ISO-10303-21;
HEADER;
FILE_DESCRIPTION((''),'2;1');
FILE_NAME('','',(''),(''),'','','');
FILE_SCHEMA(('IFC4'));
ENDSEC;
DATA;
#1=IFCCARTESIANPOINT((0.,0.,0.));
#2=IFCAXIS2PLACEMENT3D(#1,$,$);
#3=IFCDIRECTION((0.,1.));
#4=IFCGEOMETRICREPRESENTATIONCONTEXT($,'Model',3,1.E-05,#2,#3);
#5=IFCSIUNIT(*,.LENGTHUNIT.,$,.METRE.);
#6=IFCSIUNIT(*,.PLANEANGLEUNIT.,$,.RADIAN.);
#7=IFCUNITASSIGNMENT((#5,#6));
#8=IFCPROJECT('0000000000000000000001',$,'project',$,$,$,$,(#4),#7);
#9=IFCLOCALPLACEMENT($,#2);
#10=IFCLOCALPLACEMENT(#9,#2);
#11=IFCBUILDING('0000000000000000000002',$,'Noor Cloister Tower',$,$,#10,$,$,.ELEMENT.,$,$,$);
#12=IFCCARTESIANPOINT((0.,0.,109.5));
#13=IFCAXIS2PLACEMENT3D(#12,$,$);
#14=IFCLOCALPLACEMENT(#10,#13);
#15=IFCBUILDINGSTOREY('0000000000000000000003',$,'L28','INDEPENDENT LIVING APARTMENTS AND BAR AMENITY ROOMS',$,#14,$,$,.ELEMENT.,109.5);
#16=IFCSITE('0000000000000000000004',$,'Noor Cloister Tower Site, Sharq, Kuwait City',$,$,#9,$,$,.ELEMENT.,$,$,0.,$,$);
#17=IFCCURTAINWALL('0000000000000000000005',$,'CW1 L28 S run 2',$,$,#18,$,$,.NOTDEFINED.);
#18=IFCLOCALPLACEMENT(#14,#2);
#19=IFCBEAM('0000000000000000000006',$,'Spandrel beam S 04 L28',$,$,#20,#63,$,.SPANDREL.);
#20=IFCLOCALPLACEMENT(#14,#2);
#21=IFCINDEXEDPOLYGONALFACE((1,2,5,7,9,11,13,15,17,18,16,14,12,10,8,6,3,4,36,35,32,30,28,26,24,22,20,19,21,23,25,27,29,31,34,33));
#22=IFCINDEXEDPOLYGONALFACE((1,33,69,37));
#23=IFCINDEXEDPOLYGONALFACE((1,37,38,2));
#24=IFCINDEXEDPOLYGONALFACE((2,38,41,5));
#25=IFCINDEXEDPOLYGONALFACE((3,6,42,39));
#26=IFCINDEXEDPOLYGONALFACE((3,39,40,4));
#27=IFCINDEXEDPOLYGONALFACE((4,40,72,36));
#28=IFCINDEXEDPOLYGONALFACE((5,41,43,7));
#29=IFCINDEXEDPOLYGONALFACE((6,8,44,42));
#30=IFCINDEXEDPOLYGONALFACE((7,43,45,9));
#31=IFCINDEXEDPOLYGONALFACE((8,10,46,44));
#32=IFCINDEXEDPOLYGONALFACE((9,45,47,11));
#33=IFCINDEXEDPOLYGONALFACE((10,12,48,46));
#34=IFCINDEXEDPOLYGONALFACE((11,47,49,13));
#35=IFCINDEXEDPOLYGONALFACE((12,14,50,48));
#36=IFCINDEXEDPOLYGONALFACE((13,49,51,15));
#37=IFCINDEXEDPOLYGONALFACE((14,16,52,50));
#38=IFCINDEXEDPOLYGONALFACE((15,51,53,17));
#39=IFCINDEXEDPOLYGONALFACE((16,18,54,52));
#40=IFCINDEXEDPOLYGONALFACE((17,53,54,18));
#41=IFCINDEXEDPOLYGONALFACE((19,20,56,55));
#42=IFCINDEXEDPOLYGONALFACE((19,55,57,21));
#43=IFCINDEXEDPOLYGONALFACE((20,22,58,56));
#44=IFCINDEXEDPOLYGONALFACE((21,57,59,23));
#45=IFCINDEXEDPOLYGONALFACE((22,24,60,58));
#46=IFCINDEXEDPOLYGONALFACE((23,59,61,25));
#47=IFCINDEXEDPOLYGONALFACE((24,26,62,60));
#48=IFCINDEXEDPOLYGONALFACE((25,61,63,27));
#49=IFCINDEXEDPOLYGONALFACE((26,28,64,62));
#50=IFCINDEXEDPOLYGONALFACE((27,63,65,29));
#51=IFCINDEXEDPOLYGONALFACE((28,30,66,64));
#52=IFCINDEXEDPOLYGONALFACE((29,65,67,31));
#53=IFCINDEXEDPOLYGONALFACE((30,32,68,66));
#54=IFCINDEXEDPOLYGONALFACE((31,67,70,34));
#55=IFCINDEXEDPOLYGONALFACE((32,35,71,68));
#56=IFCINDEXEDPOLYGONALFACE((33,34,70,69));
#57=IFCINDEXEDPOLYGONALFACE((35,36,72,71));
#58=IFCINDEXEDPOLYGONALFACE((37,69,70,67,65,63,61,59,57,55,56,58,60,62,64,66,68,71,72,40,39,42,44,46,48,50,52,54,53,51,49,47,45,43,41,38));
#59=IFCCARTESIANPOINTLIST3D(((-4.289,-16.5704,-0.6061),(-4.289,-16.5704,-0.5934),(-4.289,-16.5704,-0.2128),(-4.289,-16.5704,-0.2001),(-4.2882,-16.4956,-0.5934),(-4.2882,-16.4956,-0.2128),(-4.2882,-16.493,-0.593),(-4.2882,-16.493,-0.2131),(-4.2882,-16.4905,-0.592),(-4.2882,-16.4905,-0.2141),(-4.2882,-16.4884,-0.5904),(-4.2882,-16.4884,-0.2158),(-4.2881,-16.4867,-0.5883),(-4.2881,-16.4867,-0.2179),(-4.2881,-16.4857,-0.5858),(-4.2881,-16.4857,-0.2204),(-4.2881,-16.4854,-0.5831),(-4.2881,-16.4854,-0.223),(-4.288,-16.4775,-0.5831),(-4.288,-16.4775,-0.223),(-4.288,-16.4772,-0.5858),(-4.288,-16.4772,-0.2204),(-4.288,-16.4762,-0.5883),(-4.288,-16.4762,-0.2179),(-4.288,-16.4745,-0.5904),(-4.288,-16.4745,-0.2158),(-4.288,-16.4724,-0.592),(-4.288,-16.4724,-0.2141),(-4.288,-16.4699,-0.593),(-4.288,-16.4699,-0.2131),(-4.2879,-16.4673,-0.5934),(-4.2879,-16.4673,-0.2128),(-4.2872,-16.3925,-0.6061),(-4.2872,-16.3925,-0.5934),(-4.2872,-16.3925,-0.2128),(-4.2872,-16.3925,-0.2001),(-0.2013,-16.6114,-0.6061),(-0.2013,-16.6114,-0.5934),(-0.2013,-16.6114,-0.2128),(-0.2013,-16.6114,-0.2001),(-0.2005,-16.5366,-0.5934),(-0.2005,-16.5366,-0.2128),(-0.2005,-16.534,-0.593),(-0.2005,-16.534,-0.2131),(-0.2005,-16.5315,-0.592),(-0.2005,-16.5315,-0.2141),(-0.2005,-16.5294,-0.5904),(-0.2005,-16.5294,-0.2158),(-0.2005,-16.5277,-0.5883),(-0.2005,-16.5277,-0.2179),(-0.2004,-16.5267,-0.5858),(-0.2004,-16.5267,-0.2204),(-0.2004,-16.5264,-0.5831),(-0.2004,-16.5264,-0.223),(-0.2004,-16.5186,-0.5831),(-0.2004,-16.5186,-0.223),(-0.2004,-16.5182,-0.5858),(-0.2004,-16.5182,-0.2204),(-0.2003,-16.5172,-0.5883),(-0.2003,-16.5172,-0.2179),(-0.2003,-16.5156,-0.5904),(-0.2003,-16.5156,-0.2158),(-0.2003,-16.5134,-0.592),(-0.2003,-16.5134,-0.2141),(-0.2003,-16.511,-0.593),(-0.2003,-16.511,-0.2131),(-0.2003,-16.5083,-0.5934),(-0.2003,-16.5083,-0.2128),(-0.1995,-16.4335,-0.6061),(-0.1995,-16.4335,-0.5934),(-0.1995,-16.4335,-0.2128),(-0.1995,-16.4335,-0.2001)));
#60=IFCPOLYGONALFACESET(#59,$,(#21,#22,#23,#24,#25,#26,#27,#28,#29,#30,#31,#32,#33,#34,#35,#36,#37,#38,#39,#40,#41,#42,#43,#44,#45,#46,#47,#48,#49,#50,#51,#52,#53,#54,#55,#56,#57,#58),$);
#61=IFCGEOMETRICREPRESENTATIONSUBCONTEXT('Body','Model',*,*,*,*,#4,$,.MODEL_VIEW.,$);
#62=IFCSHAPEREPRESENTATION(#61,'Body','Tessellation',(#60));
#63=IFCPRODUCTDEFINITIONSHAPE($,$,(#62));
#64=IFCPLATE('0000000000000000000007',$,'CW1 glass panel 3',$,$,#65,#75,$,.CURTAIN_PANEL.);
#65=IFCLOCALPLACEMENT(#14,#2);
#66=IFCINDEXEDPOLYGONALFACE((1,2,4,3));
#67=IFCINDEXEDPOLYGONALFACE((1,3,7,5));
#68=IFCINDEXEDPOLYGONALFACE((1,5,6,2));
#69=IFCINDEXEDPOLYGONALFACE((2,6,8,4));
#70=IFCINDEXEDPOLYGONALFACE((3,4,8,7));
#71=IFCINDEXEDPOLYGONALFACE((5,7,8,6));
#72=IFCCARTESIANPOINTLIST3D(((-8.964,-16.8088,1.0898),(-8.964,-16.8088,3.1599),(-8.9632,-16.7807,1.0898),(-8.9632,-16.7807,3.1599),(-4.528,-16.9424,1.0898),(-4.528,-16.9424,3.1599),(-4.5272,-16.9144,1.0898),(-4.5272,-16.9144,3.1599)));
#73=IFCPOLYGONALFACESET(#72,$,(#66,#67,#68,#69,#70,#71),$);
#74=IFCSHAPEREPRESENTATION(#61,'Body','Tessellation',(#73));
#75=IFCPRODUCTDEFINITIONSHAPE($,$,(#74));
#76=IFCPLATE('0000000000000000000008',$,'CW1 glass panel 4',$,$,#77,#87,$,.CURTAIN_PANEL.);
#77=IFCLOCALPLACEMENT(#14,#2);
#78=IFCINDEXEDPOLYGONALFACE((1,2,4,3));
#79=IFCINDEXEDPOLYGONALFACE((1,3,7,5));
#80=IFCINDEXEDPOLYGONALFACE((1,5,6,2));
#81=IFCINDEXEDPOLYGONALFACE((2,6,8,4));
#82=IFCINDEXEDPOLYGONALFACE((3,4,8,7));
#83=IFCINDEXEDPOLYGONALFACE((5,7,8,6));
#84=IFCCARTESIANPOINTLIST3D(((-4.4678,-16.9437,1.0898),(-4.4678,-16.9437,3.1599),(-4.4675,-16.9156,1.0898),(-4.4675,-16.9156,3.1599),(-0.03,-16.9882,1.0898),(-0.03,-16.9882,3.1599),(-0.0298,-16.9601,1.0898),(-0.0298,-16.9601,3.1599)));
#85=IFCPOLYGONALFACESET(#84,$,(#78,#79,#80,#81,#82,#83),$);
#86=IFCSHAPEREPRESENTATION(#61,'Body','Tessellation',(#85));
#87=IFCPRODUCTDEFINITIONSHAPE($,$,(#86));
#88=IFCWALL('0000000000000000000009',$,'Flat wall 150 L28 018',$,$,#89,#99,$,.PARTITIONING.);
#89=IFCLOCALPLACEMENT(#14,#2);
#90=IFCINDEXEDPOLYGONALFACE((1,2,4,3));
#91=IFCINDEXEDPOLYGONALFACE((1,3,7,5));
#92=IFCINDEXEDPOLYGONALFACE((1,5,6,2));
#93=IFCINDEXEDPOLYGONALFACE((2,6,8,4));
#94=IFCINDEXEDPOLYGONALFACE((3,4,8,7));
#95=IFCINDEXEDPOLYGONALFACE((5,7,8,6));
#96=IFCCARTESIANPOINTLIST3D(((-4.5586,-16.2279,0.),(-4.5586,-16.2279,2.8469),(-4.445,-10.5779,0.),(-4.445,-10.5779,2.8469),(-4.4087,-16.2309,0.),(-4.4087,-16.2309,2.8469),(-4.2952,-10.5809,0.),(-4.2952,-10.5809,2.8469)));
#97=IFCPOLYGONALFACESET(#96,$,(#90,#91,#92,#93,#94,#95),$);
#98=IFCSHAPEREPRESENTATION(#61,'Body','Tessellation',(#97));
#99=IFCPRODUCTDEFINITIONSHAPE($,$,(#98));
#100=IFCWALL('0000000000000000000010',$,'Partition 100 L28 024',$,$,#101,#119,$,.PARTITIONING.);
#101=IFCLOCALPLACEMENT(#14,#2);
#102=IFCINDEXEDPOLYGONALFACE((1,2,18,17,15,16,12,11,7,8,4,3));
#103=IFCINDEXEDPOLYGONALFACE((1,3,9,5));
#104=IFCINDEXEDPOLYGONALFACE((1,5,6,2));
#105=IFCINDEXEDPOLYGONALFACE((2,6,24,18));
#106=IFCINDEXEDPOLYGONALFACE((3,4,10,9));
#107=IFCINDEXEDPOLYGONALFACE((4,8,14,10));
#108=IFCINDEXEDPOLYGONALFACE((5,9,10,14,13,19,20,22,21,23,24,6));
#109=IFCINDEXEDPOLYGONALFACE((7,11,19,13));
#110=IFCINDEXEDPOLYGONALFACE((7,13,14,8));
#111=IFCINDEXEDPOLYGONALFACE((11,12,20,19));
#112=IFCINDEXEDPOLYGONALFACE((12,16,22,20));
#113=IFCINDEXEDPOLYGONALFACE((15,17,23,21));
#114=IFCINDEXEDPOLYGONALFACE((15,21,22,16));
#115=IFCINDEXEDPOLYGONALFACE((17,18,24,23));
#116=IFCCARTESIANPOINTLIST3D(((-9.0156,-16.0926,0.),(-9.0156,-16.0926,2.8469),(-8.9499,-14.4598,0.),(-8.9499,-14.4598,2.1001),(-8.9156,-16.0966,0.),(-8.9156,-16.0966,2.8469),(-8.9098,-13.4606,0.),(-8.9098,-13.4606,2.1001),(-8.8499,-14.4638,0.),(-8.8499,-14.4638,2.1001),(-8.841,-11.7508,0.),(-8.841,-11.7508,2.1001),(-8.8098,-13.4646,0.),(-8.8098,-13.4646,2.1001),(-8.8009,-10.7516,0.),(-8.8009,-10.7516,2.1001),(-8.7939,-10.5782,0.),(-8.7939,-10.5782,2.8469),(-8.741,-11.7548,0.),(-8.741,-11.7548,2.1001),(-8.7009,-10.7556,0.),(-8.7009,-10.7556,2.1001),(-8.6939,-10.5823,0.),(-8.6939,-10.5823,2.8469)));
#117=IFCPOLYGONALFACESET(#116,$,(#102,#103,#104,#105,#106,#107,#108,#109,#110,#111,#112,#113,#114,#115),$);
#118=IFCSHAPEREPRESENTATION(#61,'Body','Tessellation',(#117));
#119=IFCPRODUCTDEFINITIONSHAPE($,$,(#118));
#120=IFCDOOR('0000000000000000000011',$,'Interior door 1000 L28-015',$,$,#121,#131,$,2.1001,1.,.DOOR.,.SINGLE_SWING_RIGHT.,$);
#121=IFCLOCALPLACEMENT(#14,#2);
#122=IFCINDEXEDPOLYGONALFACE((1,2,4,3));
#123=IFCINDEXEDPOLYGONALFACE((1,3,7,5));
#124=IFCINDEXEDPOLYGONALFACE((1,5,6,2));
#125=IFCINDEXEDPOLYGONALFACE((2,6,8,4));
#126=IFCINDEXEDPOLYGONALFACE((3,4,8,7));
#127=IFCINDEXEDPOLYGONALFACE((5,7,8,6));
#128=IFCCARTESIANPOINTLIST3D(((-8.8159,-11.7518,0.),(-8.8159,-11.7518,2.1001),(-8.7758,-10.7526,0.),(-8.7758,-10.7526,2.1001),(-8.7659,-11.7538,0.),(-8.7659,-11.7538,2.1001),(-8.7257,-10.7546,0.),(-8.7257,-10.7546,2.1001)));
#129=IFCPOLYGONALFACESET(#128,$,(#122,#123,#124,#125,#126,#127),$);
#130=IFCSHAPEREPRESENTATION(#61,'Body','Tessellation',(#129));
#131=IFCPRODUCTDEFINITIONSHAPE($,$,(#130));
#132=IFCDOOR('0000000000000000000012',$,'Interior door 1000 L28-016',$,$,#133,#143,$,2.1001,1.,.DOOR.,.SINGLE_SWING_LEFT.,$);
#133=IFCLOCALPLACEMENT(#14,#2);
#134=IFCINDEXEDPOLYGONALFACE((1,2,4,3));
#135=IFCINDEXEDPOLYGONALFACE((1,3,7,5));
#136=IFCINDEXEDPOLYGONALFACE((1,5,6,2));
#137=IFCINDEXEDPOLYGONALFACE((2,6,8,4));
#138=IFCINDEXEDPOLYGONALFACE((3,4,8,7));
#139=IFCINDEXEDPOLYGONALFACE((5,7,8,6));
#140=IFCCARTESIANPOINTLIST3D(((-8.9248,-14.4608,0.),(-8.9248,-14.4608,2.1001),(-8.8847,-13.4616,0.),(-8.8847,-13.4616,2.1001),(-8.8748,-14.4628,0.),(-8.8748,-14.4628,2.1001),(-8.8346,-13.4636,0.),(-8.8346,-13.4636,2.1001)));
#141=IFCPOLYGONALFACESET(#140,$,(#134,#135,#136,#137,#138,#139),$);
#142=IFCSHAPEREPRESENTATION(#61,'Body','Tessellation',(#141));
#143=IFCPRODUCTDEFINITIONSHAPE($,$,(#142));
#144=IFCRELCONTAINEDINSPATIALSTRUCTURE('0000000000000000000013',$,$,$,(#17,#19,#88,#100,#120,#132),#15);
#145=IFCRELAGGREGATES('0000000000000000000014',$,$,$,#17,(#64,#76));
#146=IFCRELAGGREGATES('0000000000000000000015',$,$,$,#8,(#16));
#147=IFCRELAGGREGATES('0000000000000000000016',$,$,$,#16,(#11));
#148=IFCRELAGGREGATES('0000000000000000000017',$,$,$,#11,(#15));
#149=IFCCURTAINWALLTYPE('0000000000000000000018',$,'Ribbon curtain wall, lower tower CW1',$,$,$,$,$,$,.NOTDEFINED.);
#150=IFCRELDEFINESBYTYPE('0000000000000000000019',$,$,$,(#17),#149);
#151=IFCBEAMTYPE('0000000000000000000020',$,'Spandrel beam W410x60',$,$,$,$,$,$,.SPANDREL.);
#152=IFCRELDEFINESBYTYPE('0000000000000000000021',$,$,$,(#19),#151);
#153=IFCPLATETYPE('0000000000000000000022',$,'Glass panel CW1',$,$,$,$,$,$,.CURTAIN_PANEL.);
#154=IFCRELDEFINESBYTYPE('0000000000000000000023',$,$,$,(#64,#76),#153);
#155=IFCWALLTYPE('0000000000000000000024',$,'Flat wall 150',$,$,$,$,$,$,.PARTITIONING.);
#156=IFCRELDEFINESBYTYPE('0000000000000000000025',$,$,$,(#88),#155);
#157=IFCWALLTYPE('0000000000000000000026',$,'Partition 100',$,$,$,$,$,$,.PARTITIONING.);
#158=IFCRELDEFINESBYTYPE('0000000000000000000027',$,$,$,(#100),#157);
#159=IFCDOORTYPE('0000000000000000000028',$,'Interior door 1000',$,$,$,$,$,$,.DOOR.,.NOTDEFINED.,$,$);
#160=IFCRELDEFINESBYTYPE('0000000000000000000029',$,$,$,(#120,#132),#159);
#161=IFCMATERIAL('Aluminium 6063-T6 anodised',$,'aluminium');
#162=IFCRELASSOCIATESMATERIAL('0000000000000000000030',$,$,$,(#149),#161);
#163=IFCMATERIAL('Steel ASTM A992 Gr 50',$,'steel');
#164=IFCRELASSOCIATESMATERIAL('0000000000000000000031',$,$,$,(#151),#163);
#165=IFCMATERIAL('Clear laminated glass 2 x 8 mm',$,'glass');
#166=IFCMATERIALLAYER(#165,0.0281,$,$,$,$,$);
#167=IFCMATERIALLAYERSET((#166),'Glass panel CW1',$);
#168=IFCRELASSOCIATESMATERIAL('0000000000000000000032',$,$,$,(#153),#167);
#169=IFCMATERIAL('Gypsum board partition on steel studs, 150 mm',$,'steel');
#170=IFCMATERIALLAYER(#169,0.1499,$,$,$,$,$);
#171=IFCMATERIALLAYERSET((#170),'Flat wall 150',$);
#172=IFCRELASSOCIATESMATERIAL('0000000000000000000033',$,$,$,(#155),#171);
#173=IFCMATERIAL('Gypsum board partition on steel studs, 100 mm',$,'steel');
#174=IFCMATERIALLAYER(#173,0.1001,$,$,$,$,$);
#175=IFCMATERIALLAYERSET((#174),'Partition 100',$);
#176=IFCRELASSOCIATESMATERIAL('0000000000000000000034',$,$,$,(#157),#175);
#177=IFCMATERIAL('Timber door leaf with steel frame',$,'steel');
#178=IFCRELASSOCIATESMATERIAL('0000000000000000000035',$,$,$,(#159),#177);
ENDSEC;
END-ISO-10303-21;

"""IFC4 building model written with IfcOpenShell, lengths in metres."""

from ifc_helpers import new_model, si_unit, direction, frame, frame_2d, origin, origin_2d, place, context, subcontext, project, spatial, rectangle, i_section, extrude, material, layer, layer_set, material_profile, profile_set, type_object, element, fill, aggregate, save


model = new_model("IFC4")

# Units and contexts
model_context = context("Model", 3, precision=1e-05, world=origin(), true_north=direction((0.0, 1.0)))
body_context = subcontext(model_context, "Body", "Model", "MODEL_VIEW")
ifc_project = project(units=[si_unit("LENGTHUNIT", "METRE"), si_unit("PLANEANGLEUNIT", "RADIAN")], contexts=[model_context])

# Site, building, storey
site_placement = place(None, origin())
site = spatial("IfcSite", under=ifc_project, at=site_placement, Name="Noor Cloister Tower Site, Sharq, Kuwait City", CompositionType="ELEMENT", RefElevation=0.0)
building_placement = place(site_placement, origin())
building = spatial("IfcBuilding", under=site, at=building_placement, Name="Noor Cloister Tower", CompositionType="ELEMENT")
storey_placement = place(building_placement, frame((0.0, 0.0, 109.5)))
storey = spatial("IfcBuildingStorey", under=building, at=storey_placement, Name="L28", Description="INDEPENDENT LIVING APARTMENTS AND BAR AMENITY ROOMS", CompositionType="ELEMENT", Elevation=109.5)

# Curtain wall
ifc_material_1 = material(Name="Aluminium 6063-T6 anodised", Category="aluminium")
curtain_wall_type = type_object("IfcCurtainWallType", Name="Ribbon curtain wall, lower tower CW1", PredefinedType="NOTDEFINED", material=ifc_material_1)
curtain_wall_placement = place(storey_placement, origin())
curtain_wall = element("IfcCurtainWall", 1, at=curtain_wall_placement, inside=storey, type_object=curtain_wall_type, Name="CW1 L28 S run 2", PredefinedType="NOTDEFINED")

# Beam
ifc_material_2 = material(Name="Steel ASTM A992 Gr 50", Category="steel")
ifc_material_profile_1 = material_profile(ifc_material_2, i_section(OverallWidth=0.178, OverallDepth=0.406, WebThickness=0.0078, FlangeThickness=0.0127, FilletRadius=0.0103, at=origin_2d()), Name="W410x60")
ifc_profile_set_1 = profile_set([ifc_material_profile_1], Name="Steel ASTM A992 Gr 50")
beam_type_1 = type_object("IfcBeamType", Name="Spandrel beam W410x60", PredefinedType="SPANDREL", material=ifc_profile_set_1)
beam_1_placement = place(storey_placement, frame((-4.2881, -16.4814, -0.4031), z_axis=(0.99995, -0.010034, 0.0), x_axis=(0.010034, 0.99995, 0.0)))
element("IfcBeam", 2, at=beam_1_placement, inside=storey, type_object=beam_type_1, Name="Spandrel beam S 04 L28", PredefinedType="SPANDREL", context=body_context, shape_type="SweptSolid", body=[
    extrude(i_section(OverallWidth=0.178, OverallDepth=0.406, WebThickness=0.0078, FlangeThickness=0.0127, FilletRadius=0.0103, at=origin_2d()), origin(), (0.0, 0.0, 1.0), 4.0879),
])

# Plates
ifc_material_3 = material(Name="Clear laminated glass 2 x 8 mm", Category="glass")
ifc_layer_1 = layer(ifc_material_3, 0.0281)
ifc_layer_set_1 = layer_set([ifc_layer_1], Name="Glass panel CW1")
plate_type = type_object("IfcPlateType", Name="Glass panel CW1", PredefinedType="CURTAIN_PANEL", material=ifc_layer_set_1)
plate_1_placement = place(storey_placement, frame((-6.7456, -16.8616, 1.0898), z_axis=(0.0, 0.0, 1.0), x_axis=(0.999546, -0.030114, 0.0)))
plate_1 = element("IfcPlate", 3, at=plate_1_placement, type_object=plate_type, Name="CW1 glass panel 3", PredefinedType="CURTAIN_PANEL", context=body_context, shape_type="SweptSolid", body=[
    extrude(rectangle(XDim=4.438, YDim=0.0281, at=origin_2d()), origin(), (0.0, 0.0, 1.0), 2.0701),
])
plate_2_placement = place(storey_placement, frame((-2.2488, -16.9519, 1.0898), z_axis=(0.0, 0.0, 1.0), x_axis=(0.99995, -0.010039, 0.0)))
plate_2 = element("IfcPlate", 4, at=plate_2_placement, type_object=plate_type, Name="CW1 glass panel 4", PredefinedType="CURTAIN_PANEL", context=body_context, shape_type="SweptSolid", body=[
    extrude(rectangle(XDim=4.438, YDim=0.0281, at=origin_2d()), origin(), (0.0, 0.0, 1.0), 2.0701),
])
aggregate(curtain_wall, [plate_1, plate_2])

# Wall
ifc_material_4 = material(Name="Gypsum board partition on steel studs, 150 mm", Category="steel")
ifc_layer_2 = layer(ifc_material_4, 0.1499)
ifc_layer_set_2 = layer_set([ifc_layer_2], Name="Flat wall 150")
wall_type_1 = type_object("IfcWallType", Name="Flat wall 150", PredefinedType="PARTITIONING", material=ifc_layer_set_2)
wall_1_placement = place(storey_placement, frame((-4.4836, -16.2295, 0.0), z_axis=(0.0, 0.0, 1.0), x_axis=(0.020089, 0.999798, 0.0)))
element("IfcWall", 5, at=wall_1_placement, inside=storey, type_object=wall_type_1, Name="Flat wall 150 L28 018", PredefinedType="PARTITIONING", context=body_context, shape_type="SweptSolid", body=[
    extrude(rectangle(XDim=5.6511, YDim=0.1499, at=frame_2d((2.8257, 0.0))), origin(), (0.0, 0.0, 1.0), 2.8469),
])

# Wall, openings, doors
ifc_material_5 = material(Name="Gypsum board partition on steel studs, 100 mm", Category="steel")
ifc_layer_3 = layer(ifc_material_5, 0.1001)
ifc_layer_set_3 = layer_set([ifc_layer_3], Name="Partition 100")
wall_type_2 = type_object("IfcWallType", Name="Partition 100", PredefinedType="PARTITIONING", material=ifc_layer_set_3)
wall_2_placement = place(storey_placement, frame((-8.9656, -16.0945, 0.0), z_axis=(0.0, 0.0, 1.0), x_axis=(0.040168, 0.999193, 0.0)))
wall_2 = element("IfcWall", 6, at=wall_2_placement, inside=storey, type_object=wall_type_2, Name="Partition 100 L28 024", PredefinedType="PARTITIONING", context=body_context, shape_type="SweptSolid", body=[
    extrude(rectangle(XDim=5.5188, YDim=0.1001, at=frame_2d((2.7593, 0.0))), origin(), (0.0, 0.0, 1.0), 2.8469),
])
opening_1_placement = place(wall_2_placement, frame((4.3452, 0.0, 0.0)))
opening_1 = element("IfcOpeningElement", 7, at=opening_1_placement, cuts=wall_2, PredefinedType="OPENING", context=body_context, shape_type="SweptSolid", body=[
    extrude(rectangle(XDim=1.0, YDim=2.1001, at=frame_2d((0.5, 1.05))), frame((0.0, 0.0601, 0.0), z_axis=(0.0, -1.0, 0.0), x_axis=(1.0, 0.0, 0.0)), (0.0, 0.0, 1.0), 0.1201),
])
opening_2_placement = place(wall_2_placement, frame((1.634, 0.0, 0.0)))
opening_2 = element("IfcOpeningElement", 8, at=opening_2_placement, cuts=wall_2, PredefinedType="OPENING", context=body_context, shape_type="SweptSolid", body=[
    extrude(rectangle(XDim=1.0, YDim=2.1001, at=frame_2d((0.5, 1.05))), frame((0.0, 0.0601, 0.0), z_axis=(0.0, -1.0, 0.0), x_axis=(1.0, 0.0, 0.0)), (0.0, 0.0, 1.0), 0.1201),
])
ifc_material_6 = material(Name="Timber door leaf with steel frame", Category="steel")
door_type = type_object("IfcDoorType", Name="Interior door 1000", OperationType="NOTDEFINED", PredefinedType="DOOR", material=ifc_material_6)
door_1_placement = place(opening_1_placement, origin())
door_1 = element("IfcDoor", 9, at=door_1_placement, inside=storey, type_object=door_type, Name="Interior door 1000 L28-015", OperationType="SINGLE_SWING_RIGHT", OverallHeight=2.1001, OverallWidth=1.0, PredefinedType="DOOR", context=body_context, shape_type="SweptSolid", body=[
    extrude(rectangle(XDim=1.0, YDim=2.1001, at=frame_2d((0.5, 1.05))), frame((0.0, 0.0249, 0.0), z_axis=(0.0, -1.0, 0.0), x_axis=(1.0, 0.0, 0.0)), (0.0, 0.0, 1.0), 0.05),
])
fill(opening_1, door_1)
door_2_placement = place(opening_2_placement, origin())
door_2 = element("IfcDoor", 10, at=door_2_placement, inside=storey, type_object=door_type, Name="Interior door 1000 L28-016", OperationType="SINGLE_SWING_LEFT", OverallHeight=2.1001, OverallWidth=1.0, PredefinedType="DOOR", context=body_context, shape_type="SweptSolid", body=[
    extrude(rectangle(XDim=1.0, YDim=2.1001, at=frame_2d((0.5, 1.05))), frame((0.0, 0.0249, 0.0), z_axis=(0.0, -1.0, 0.0), x_axis=(1.0, 0.0, 0.0)), (0.0, 0.0, 1.0), 0.05),
])
fill(opening_2, door_2)

save(model, "model.ifc")
